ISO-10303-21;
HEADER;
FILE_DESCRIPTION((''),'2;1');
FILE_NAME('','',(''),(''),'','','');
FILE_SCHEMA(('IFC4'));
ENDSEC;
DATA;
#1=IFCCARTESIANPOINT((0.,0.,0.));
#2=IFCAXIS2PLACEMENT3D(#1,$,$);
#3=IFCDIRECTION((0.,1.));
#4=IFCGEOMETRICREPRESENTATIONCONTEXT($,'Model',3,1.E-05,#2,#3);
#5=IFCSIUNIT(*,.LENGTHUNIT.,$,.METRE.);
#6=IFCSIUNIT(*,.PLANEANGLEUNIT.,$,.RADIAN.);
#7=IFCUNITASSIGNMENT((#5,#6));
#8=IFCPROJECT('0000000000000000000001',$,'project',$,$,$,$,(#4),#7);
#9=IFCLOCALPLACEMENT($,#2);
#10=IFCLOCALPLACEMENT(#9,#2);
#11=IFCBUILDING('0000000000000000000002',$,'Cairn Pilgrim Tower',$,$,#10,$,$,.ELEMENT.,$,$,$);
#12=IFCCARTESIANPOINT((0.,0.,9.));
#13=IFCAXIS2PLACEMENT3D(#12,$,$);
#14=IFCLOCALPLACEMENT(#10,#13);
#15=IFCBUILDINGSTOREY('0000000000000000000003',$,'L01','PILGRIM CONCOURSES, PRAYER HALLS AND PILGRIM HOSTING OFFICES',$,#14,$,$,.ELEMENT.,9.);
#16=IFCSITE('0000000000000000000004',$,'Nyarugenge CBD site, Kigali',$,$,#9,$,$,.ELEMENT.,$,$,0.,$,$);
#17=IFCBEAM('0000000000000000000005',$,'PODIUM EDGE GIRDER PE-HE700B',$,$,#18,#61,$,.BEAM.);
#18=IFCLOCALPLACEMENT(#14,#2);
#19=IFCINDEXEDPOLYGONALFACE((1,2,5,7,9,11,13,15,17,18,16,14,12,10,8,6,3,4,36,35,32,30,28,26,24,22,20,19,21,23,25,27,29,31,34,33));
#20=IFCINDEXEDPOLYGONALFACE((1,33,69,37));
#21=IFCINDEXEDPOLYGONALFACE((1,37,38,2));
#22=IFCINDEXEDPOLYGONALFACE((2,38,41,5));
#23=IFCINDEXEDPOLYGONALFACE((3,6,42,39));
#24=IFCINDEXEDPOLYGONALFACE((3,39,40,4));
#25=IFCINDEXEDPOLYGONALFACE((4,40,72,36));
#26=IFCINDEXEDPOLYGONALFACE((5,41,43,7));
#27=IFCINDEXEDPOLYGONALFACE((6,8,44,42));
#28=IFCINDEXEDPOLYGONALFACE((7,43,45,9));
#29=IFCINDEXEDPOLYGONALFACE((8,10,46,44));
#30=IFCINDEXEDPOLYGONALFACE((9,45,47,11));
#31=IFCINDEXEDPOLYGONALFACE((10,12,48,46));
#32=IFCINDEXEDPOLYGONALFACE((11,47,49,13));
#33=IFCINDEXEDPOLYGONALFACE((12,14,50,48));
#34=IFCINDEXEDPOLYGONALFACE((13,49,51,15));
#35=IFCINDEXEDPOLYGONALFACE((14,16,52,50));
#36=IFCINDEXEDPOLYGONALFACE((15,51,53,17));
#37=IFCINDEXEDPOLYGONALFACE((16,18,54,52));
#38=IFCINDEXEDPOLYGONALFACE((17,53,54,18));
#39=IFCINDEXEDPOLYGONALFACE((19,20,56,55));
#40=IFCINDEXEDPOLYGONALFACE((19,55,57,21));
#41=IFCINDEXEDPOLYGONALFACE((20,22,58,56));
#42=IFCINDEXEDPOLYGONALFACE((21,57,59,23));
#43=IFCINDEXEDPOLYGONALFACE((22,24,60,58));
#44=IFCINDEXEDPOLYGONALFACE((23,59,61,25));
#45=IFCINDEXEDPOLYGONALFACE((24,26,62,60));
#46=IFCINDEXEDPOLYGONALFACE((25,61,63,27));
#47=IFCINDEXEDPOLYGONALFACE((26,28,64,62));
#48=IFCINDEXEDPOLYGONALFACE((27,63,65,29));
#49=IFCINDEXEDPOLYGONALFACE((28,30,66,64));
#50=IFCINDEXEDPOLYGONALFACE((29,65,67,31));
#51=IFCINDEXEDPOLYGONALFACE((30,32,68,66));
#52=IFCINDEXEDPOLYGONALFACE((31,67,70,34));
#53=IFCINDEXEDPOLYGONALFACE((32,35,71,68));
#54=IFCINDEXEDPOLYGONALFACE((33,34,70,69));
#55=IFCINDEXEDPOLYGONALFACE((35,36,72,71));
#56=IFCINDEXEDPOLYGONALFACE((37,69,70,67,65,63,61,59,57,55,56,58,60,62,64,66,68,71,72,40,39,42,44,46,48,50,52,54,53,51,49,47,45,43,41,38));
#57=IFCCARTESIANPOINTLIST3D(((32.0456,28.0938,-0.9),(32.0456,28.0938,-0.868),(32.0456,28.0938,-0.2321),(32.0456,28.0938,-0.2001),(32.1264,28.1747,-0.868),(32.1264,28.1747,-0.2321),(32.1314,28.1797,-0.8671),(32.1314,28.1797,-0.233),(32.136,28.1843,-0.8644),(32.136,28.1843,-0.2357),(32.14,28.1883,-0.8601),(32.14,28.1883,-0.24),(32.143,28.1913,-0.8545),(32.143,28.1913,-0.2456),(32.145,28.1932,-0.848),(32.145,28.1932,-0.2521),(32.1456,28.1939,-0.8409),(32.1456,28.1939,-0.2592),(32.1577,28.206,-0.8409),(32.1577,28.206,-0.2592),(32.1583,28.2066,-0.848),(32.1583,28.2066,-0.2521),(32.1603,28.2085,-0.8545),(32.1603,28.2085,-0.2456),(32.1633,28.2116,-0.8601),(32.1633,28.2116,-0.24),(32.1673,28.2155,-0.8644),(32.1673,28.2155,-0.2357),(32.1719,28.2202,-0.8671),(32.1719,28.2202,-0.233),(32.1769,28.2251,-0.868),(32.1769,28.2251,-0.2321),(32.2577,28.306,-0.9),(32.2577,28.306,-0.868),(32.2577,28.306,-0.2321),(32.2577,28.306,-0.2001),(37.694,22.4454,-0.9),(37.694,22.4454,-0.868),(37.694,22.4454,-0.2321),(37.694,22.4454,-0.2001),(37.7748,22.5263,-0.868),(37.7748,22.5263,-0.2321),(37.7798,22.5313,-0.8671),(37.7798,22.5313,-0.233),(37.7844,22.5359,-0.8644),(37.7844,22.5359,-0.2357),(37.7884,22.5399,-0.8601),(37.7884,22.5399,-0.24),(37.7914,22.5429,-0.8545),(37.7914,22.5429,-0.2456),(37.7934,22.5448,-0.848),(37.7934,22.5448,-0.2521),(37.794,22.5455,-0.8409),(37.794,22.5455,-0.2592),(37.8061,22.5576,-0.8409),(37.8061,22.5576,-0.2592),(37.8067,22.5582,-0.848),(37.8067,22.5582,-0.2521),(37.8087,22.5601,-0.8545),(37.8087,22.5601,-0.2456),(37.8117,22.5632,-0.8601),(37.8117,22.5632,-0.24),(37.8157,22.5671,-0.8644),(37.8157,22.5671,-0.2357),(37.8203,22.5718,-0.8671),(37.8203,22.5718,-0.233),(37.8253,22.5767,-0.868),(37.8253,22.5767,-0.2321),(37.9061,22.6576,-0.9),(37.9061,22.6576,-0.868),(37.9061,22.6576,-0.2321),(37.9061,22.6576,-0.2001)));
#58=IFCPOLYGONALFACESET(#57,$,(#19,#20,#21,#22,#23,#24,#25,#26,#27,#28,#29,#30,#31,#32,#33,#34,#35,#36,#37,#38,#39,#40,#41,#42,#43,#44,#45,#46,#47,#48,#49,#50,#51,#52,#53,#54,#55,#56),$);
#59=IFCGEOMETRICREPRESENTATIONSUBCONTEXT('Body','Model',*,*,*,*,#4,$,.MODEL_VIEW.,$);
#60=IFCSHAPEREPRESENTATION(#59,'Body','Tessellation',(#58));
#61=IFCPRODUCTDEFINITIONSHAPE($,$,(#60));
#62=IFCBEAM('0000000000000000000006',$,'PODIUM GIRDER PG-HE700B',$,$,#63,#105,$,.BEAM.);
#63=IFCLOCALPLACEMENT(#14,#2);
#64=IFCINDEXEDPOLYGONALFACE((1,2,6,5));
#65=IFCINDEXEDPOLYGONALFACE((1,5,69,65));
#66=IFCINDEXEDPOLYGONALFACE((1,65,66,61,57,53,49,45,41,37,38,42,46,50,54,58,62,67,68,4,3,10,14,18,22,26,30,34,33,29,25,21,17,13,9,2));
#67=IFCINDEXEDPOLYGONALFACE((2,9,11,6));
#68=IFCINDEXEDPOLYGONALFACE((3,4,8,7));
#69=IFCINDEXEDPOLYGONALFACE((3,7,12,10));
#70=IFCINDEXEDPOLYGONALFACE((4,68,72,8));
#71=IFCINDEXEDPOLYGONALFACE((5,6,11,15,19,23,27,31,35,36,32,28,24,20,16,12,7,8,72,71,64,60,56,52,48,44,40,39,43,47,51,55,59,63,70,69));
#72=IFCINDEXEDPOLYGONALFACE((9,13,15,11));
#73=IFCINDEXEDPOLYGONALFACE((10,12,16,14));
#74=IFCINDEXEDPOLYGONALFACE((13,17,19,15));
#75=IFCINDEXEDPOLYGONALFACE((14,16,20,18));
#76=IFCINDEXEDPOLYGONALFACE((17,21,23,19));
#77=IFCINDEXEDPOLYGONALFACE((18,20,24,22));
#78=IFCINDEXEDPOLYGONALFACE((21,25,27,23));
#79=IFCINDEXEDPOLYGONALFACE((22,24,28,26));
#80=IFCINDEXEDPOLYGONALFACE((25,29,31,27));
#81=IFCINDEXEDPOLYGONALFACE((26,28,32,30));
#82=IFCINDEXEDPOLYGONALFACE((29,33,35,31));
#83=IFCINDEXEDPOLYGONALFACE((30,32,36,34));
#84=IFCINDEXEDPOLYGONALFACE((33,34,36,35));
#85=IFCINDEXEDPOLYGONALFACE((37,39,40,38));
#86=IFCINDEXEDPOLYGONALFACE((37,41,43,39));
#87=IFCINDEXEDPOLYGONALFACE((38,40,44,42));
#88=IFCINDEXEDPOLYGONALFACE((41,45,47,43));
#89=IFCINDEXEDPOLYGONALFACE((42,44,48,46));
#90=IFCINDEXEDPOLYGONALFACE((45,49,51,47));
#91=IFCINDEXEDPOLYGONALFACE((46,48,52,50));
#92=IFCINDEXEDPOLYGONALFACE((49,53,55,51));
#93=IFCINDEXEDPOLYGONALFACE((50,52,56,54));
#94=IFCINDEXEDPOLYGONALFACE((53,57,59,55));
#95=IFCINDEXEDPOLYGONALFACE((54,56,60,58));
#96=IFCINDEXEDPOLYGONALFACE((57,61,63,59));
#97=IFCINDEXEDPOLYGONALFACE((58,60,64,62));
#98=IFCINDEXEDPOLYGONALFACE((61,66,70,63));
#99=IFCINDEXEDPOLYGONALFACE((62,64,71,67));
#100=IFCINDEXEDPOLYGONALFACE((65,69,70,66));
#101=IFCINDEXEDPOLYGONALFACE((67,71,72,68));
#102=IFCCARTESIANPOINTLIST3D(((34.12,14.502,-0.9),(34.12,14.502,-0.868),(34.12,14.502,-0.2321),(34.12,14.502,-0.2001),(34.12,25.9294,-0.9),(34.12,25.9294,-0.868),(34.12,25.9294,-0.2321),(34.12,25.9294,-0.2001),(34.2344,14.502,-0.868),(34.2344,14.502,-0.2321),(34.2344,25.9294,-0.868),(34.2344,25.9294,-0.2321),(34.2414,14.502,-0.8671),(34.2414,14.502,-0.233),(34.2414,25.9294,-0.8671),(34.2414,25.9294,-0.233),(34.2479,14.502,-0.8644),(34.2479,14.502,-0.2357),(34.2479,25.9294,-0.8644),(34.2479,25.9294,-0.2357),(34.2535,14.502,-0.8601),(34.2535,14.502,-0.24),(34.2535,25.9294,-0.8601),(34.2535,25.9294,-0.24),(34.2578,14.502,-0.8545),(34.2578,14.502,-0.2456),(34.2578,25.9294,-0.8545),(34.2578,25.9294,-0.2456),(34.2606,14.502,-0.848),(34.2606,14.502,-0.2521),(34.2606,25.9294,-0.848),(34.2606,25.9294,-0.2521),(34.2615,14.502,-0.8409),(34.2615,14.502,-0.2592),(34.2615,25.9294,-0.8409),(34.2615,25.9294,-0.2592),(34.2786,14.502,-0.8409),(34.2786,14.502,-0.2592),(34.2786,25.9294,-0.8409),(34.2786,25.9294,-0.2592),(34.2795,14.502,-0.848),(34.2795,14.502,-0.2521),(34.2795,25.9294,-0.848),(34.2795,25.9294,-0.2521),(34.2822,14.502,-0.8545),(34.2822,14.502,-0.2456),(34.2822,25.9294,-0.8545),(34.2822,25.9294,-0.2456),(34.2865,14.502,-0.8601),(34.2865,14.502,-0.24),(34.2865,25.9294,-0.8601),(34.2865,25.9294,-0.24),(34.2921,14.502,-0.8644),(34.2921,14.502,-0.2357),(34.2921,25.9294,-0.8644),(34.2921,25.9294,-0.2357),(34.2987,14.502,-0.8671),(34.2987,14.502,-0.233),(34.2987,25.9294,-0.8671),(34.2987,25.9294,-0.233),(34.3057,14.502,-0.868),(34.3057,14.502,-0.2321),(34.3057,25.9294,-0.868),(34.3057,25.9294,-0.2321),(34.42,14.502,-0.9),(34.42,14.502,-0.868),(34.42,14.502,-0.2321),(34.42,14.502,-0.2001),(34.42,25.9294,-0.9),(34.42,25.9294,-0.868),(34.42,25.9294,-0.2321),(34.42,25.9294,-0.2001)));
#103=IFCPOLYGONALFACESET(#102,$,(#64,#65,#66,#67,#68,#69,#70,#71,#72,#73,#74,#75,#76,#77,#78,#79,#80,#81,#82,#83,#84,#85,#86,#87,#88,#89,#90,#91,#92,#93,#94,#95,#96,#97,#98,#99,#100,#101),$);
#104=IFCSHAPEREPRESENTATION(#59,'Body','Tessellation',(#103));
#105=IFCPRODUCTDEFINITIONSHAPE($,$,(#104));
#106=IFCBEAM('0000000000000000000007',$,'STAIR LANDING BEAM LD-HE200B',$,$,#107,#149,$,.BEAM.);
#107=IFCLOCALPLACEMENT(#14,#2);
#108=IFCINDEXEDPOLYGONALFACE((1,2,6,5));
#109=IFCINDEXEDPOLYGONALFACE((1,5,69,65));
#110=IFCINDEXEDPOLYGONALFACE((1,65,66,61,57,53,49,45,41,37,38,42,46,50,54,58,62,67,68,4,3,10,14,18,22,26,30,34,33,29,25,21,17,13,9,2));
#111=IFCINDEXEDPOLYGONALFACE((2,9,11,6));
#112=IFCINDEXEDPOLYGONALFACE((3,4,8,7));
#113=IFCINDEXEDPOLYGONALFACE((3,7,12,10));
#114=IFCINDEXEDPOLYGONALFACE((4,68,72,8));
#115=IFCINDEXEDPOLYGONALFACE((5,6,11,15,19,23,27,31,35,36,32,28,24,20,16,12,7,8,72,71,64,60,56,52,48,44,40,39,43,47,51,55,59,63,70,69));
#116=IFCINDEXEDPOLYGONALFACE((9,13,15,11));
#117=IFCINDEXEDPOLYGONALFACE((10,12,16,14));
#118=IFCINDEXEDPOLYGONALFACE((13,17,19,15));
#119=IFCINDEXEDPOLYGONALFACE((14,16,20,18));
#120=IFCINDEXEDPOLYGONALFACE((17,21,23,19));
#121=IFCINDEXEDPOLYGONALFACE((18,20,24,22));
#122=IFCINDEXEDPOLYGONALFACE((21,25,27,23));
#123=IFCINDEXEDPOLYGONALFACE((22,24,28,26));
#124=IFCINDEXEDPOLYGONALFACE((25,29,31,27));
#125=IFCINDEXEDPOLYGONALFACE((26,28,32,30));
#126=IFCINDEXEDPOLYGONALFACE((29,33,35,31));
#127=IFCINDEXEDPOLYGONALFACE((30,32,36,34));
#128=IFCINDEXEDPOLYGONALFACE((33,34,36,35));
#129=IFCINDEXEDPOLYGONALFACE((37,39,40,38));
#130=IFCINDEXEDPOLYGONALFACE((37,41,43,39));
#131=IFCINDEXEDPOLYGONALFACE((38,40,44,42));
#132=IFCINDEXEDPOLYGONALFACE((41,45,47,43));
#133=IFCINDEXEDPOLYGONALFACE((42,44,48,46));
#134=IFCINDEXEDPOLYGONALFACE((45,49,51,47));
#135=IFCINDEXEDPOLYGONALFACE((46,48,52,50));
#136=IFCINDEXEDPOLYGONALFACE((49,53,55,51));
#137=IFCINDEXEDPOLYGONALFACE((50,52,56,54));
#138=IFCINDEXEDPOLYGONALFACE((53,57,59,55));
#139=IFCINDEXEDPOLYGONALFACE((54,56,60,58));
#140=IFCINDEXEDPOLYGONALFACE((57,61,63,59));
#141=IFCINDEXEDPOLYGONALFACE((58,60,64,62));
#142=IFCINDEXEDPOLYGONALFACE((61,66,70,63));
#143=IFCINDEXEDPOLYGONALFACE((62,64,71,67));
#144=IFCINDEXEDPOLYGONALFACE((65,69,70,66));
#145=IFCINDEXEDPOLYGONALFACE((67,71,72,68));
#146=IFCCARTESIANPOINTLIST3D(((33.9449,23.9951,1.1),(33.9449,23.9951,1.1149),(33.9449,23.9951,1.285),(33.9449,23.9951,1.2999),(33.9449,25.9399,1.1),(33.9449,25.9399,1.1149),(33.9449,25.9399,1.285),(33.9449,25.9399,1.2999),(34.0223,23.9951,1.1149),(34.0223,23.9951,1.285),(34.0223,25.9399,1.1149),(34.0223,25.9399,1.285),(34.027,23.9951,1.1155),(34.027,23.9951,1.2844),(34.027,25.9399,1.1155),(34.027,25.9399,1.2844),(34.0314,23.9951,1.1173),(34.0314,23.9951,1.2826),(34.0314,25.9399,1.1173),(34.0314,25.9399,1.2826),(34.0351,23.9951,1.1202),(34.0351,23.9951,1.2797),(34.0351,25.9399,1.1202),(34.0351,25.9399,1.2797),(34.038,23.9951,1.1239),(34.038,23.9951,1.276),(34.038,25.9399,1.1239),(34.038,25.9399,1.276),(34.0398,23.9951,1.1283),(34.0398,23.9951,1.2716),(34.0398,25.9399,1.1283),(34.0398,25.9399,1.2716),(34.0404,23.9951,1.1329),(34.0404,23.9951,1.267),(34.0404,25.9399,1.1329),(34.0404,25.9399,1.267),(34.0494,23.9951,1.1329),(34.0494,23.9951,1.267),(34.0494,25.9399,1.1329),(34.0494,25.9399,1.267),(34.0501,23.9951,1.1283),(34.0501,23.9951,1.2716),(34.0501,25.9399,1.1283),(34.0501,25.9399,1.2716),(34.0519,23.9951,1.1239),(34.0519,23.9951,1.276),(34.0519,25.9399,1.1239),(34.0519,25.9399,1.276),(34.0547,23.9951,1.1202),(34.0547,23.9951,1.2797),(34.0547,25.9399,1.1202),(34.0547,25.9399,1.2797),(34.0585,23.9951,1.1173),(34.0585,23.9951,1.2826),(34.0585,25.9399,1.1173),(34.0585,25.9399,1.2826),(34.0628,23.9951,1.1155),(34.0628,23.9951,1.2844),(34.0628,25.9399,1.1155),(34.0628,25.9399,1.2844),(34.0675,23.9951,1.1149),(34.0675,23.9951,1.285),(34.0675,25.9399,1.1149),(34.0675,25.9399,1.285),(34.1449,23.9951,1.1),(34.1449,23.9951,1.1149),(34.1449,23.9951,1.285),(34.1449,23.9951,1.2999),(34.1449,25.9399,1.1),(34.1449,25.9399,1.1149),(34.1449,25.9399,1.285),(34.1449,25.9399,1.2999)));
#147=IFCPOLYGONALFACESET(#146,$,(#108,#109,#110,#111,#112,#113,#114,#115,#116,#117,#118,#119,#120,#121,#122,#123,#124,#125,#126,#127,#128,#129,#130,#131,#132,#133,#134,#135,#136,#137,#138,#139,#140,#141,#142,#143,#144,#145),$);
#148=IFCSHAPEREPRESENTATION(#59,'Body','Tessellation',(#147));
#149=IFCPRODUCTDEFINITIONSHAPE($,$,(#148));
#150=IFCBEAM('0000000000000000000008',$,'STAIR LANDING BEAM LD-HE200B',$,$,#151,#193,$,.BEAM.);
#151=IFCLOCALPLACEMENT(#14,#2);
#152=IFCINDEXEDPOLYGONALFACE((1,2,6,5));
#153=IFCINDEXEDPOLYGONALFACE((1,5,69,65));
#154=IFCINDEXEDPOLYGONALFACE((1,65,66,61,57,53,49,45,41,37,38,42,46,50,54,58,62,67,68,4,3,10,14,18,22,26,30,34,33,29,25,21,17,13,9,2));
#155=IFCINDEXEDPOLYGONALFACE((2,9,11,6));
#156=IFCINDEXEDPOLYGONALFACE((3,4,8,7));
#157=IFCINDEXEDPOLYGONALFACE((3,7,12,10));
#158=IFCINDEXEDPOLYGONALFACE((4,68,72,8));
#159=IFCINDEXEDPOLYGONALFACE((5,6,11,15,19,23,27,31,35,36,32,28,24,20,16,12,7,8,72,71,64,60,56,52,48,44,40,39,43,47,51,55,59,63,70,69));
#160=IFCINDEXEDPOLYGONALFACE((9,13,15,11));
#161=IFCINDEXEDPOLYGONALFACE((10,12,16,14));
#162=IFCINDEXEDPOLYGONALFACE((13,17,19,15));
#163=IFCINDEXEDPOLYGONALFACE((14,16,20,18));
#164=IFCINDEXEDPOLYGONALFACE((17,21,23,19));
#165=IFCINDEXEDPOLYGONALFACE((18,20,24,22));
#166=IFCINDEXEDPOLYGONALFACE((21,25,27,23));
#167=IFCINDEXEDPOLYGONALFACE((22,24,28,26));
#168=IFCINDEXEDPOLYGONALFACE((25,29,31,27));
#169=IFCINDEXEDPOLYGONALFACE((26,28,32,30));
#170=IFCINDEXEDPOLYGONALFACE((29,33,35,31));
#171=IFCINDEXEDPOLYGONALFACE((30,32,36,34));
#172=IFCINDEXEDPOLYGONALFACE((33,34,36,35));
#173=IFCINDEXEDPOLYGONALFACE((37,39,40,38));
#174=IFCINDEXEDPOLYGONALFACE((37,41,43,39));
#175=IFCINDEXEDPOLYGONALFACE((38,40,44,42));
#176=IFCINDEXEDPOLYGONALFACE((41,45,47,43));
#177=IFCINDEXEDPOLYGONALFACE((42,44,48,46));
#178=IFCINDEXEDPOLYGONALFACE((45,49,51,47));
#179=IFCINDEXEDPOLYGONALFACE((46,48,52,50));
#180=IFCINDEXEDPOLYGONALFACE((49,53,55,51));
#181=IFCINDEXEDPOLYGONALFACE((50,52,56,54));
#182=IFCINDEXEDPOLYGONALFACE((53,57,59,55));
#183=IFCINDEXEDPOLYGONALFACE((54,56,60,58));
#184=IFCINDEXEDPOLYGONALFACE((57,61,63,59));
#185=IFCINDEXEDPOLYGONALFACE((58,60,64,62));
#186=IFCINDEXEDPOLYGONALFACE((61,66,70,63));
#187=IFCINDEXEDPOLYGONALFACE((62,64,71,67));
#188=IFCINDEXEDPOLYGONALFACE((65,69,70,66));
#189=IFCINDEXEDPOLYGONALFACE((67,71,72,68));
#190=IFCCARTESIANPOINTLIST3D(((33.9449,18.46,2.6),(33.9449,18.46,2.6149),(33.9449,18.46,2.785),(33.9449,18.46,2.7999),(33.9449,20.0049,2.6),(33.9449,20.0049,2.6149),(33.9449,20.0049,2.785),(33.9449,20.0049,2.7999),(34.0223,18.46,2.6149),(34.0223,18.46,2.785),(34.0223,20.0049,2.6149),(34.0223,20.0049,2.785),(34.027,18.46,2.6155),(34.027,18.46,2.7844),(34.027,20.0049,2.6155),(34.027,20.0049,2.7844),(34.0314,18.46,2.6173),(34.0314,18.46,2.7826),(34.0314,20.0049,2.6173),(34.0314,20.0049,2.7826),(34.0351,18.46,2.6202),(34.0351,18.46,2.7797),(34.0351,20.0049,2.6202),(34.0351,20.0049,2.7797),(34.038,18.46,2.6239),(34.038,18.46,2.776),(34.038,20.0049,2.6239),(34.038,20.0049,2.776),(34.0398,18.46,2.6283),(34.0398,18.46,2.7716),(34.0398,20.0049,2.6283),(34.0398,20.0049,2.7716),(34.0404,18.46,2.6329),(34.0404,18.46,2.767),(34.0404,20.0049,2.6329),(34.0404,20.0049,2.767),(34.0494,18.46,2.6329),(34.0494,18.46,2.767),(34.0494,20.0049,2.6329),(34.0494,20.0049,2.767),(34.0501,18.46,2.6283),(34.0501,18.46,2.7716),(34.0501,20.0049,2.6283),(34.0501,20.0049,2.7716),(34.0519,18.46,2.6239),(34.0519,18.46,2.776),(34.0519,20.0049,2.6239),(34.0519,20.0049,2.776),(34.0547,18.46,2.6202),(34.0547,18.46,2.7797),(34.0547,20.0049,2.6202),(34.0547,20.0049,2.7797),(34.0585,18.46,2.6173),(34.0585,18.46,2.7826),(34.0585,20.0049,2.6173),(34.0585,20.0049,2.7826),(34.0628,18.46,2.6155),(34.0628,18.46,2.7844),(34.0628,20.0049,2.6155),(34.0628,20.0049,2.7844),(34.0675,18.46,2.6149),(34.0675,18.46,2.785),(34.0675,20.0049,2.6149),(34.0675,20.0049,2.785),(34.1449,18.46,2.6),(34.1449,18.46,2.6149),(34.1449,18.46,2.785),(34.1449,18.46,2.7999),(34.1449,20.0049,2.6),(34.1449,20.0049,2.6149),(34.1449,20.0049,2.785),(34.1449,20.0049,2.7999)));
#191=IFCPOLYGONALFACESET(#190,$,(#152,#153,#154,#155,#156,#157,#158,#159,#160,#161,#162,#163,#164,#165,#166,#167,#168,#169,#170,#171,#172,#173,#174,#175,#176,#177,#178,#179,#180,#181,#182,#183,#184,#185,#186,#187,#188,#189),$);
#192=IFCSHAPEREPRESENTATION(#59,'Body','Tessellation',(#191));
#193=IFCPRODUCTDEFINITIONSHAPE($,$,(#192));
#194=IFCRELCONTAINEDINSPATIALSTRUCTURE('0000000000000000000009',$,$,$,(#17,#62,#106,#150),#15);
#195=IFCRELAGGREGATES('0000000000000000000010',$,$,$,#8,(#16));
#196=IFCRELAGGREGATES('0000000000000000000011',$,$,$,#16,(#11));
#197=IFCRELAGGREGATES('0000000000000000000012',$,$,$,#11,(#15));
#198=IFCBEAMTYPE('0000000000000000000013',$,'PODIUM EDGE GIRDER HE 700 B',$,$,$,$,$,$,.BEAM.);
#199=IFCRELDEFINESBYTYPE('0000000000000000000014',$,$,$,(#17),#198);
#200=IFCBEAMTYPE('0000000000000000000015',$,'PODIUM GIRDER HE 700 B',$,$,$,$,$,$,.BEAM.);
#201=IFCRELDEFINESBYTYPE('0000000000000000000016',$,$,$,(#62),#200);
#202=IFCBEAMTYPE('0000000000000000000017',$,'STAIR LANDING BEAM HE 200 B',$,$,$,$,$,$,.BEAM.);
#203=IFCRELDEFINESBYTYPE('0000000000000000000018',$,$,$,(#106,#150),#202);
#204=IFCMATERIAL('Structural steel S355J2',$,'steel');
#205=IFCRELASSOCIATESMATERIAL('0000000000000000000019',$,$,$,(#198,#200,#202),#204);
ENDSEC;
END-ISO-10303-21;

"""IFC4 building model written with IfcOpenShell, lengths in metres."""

from ifc_helpers import new_model, si_unit, direction, frame, origin, origin_2d, place, context, subcontext, project, spatial, i_section, extrude, material, material_profile, profile_set, type_object, element, save


model = new_model("IFC4")

# Units and contexts
model_context = context("Model", 3, precision=1e-05, world=origin(), true_north=direction((0.0, 1.0)))
body_context = subcontext(model_context, "Body", "Model", "MODEL_VIEW")
ifc_project = project(units=[si_unit("LENGTHUNIT", "METRE"), si_unit("PLANEANGLEUNIT", "RADIAN")], contexts=[model_context])

# Site, building, storey
site_placement = place(None, origin())
site = spatial("IfcSite", under=ifc_project, at=site_placement, Name="Nyarugenge CBD site, Kigali", CompositionType="ELEMENT", RefElevation=0.0)
building_placement = place(site_placement, origin())
building = spatial("IfcBuilding", under=site, at=building_placement, Name="Cairn Pilgrim Tower", CompositionType="ELEMENT")
storey_placement = place(building_placement, frame((0.0, 0.0, 9.0)))
storey = spatial("IfcBuildingStorey", under=building, at=storey_placement, Name="L01", Description="PILGRIM CONCOURSES, PRAYER HALLS AND PILGRIM HOSTING OFFICES", CompositionType="ELEMENT", Elevation=9.0)

# Shared definitions
ifc_material_1 = material(Name="Structural steel S355J2", Category="steel")

# Beams
ifc_material_profile_1 = material_profile(ifc_material_1, i_section(OverallWidth=0.3, OverallDepth=0.7, WebThickness=0.0171, FlangeThickness=0.032, FilletRadius=0.0271, at=origin_2d()), Name="HEB 700")
ifc_profile_set_1 = profile_set([ifc_material_profile_1], Name="Structural steel S355J2")
beam_type_1 = type_object("IfcBeamType", Name="PODIUM EDGE GIRDER HE 700 B", PredefinedType="BEAM", material=ifc_profile_set_1)
beam_1_placement = place(storey_placement, frame((37.8, 22.5515, -0.55), z_axis=(-0.707107, 0.707107, 0.0), x_axis=(-0.707107, -0.707107, 0.0)))
element("IfcBeam", 1, at=beam_1_placement, inside=storey, type_object=beam_type_1, Name="PODIUM EDGE GIRDER PE-HE700B", PredefinedType="BEAM", context=body_context, shape_type="SweptSolid", body=[
    extrude(i_section(OverallWidth=0.3, OverallDepth=0.7, WebThickness=0.0171, FlangeThickness=0.032, FilletRadius=0.0271, at=origin_2d()), origin(), (0.0, 0.0, 1.0), 7.988),
])
ifc_material_profile_2 = material_profile(ifc_material_1, i_section(OverallWidth=0.3, OverallDepth=0.7, WebThickness=0.0171, FlangeThickness=0.032, FilletRadius=0.0271, at=origin_2d()), Name="HEB 700")
ifc_profile_set_2 = profile_set([ifc_material_profile_2], Name="Structural steel S355J2")
beam_type_2 = type_object("IfcBeamType", Name="PODIUM GIRDER HE 700 B", PredefinedType="BEAM", material=ifc_profile_set_2)
beam_2_placement = place(storey_placement, frame((34.27, 14.502, -0.55), z_axis=(0.0, 1.0, 0.0), x_axis=(-1.0, 0.0, 0.0)))
element("IfcBeam", 2, at=beam_2_placement, inside=storey, type_object=beam_type_2, Name="PODIUM GIRDER PG-HE700B", PredefinedType="BEAM", context=body_context, shape_type="SweptSolid", body=[
    extrude(i_section(OverallWidth=0.3, OverallDepth=0.7, WebThickness=0.0171, FlangeThickness=0.032, FilletRadius=0.0271, at=origin_2d()), origin(), (0.0, 0.0, 1.0), 11.4275),
])
ifc_material_profile_3 = material_profile(ifc_material_1, i_section(OverallWidth=0.2, OverallDepth=0.2, WebThickness=0.009, FlangeThickness=0.0149, FilletRadius=0.0181, at=origin_2d()), Name="HE 200 B")
ifc_profile_set_3 = profile_set([ifc_material_profile_3], Name="Structural steel S355J2")
beam_type_3 = type_object("IfcBeamType", Name="STAIR LANDING BEAM HE 200 B", PredefinedType="BEAM", material=ifc_profile_set_3)
beam_3_placement = place(storey_placement, frame((34.0449, 25.9399, 1.2), z_axis=(0.0, -1.0, 0.0), x_axis=(1.0, 0.0, 0.0)))
element("IfcBeam", 3, at=beam_3_placement, inside=storey, type_object=beam_type_3, Name="STAIR LANDING BEAM LD-HE200B", PredefinedType="BEAM", context=body_context, shape_type="SweptSolid", body=[
    extrude(i_section(OverallWidth=0.2, OverallDepth=0.2, WebThickness=0.009, FlangeThickness=0.0149, FilletRadius=0.0181, at=origin_2d()), origin(), (0.0, 0.0, 1.0), 1.9448),
])
beam_4_placement = place(storey_placement, frame((34.0449, 18.46, 2.7), z_axis=(0.0, 1.0, 0.0), x_axis=(-1.0, 0.0, 0.0)))
element("IfcBeam", 4, at=beam_4_placement, inside=storey, type_object=beam_type_3, Name="STAIR LANDING BEAM LD-HE200B", PredefinedType="BEAM", context=body_context, shape_type="SweptSolid", body=[
    extrude(i_section(OverallWidth=0.2, OverallDepth=0.2, WebThickness=0.009, FlangeThickness=0.0149, FilletRadius=0.0181, at=origin_2d()), origin(), (0.0, 0.0, 1.0), 1.5449),
])

save(model, "model.ifc")
